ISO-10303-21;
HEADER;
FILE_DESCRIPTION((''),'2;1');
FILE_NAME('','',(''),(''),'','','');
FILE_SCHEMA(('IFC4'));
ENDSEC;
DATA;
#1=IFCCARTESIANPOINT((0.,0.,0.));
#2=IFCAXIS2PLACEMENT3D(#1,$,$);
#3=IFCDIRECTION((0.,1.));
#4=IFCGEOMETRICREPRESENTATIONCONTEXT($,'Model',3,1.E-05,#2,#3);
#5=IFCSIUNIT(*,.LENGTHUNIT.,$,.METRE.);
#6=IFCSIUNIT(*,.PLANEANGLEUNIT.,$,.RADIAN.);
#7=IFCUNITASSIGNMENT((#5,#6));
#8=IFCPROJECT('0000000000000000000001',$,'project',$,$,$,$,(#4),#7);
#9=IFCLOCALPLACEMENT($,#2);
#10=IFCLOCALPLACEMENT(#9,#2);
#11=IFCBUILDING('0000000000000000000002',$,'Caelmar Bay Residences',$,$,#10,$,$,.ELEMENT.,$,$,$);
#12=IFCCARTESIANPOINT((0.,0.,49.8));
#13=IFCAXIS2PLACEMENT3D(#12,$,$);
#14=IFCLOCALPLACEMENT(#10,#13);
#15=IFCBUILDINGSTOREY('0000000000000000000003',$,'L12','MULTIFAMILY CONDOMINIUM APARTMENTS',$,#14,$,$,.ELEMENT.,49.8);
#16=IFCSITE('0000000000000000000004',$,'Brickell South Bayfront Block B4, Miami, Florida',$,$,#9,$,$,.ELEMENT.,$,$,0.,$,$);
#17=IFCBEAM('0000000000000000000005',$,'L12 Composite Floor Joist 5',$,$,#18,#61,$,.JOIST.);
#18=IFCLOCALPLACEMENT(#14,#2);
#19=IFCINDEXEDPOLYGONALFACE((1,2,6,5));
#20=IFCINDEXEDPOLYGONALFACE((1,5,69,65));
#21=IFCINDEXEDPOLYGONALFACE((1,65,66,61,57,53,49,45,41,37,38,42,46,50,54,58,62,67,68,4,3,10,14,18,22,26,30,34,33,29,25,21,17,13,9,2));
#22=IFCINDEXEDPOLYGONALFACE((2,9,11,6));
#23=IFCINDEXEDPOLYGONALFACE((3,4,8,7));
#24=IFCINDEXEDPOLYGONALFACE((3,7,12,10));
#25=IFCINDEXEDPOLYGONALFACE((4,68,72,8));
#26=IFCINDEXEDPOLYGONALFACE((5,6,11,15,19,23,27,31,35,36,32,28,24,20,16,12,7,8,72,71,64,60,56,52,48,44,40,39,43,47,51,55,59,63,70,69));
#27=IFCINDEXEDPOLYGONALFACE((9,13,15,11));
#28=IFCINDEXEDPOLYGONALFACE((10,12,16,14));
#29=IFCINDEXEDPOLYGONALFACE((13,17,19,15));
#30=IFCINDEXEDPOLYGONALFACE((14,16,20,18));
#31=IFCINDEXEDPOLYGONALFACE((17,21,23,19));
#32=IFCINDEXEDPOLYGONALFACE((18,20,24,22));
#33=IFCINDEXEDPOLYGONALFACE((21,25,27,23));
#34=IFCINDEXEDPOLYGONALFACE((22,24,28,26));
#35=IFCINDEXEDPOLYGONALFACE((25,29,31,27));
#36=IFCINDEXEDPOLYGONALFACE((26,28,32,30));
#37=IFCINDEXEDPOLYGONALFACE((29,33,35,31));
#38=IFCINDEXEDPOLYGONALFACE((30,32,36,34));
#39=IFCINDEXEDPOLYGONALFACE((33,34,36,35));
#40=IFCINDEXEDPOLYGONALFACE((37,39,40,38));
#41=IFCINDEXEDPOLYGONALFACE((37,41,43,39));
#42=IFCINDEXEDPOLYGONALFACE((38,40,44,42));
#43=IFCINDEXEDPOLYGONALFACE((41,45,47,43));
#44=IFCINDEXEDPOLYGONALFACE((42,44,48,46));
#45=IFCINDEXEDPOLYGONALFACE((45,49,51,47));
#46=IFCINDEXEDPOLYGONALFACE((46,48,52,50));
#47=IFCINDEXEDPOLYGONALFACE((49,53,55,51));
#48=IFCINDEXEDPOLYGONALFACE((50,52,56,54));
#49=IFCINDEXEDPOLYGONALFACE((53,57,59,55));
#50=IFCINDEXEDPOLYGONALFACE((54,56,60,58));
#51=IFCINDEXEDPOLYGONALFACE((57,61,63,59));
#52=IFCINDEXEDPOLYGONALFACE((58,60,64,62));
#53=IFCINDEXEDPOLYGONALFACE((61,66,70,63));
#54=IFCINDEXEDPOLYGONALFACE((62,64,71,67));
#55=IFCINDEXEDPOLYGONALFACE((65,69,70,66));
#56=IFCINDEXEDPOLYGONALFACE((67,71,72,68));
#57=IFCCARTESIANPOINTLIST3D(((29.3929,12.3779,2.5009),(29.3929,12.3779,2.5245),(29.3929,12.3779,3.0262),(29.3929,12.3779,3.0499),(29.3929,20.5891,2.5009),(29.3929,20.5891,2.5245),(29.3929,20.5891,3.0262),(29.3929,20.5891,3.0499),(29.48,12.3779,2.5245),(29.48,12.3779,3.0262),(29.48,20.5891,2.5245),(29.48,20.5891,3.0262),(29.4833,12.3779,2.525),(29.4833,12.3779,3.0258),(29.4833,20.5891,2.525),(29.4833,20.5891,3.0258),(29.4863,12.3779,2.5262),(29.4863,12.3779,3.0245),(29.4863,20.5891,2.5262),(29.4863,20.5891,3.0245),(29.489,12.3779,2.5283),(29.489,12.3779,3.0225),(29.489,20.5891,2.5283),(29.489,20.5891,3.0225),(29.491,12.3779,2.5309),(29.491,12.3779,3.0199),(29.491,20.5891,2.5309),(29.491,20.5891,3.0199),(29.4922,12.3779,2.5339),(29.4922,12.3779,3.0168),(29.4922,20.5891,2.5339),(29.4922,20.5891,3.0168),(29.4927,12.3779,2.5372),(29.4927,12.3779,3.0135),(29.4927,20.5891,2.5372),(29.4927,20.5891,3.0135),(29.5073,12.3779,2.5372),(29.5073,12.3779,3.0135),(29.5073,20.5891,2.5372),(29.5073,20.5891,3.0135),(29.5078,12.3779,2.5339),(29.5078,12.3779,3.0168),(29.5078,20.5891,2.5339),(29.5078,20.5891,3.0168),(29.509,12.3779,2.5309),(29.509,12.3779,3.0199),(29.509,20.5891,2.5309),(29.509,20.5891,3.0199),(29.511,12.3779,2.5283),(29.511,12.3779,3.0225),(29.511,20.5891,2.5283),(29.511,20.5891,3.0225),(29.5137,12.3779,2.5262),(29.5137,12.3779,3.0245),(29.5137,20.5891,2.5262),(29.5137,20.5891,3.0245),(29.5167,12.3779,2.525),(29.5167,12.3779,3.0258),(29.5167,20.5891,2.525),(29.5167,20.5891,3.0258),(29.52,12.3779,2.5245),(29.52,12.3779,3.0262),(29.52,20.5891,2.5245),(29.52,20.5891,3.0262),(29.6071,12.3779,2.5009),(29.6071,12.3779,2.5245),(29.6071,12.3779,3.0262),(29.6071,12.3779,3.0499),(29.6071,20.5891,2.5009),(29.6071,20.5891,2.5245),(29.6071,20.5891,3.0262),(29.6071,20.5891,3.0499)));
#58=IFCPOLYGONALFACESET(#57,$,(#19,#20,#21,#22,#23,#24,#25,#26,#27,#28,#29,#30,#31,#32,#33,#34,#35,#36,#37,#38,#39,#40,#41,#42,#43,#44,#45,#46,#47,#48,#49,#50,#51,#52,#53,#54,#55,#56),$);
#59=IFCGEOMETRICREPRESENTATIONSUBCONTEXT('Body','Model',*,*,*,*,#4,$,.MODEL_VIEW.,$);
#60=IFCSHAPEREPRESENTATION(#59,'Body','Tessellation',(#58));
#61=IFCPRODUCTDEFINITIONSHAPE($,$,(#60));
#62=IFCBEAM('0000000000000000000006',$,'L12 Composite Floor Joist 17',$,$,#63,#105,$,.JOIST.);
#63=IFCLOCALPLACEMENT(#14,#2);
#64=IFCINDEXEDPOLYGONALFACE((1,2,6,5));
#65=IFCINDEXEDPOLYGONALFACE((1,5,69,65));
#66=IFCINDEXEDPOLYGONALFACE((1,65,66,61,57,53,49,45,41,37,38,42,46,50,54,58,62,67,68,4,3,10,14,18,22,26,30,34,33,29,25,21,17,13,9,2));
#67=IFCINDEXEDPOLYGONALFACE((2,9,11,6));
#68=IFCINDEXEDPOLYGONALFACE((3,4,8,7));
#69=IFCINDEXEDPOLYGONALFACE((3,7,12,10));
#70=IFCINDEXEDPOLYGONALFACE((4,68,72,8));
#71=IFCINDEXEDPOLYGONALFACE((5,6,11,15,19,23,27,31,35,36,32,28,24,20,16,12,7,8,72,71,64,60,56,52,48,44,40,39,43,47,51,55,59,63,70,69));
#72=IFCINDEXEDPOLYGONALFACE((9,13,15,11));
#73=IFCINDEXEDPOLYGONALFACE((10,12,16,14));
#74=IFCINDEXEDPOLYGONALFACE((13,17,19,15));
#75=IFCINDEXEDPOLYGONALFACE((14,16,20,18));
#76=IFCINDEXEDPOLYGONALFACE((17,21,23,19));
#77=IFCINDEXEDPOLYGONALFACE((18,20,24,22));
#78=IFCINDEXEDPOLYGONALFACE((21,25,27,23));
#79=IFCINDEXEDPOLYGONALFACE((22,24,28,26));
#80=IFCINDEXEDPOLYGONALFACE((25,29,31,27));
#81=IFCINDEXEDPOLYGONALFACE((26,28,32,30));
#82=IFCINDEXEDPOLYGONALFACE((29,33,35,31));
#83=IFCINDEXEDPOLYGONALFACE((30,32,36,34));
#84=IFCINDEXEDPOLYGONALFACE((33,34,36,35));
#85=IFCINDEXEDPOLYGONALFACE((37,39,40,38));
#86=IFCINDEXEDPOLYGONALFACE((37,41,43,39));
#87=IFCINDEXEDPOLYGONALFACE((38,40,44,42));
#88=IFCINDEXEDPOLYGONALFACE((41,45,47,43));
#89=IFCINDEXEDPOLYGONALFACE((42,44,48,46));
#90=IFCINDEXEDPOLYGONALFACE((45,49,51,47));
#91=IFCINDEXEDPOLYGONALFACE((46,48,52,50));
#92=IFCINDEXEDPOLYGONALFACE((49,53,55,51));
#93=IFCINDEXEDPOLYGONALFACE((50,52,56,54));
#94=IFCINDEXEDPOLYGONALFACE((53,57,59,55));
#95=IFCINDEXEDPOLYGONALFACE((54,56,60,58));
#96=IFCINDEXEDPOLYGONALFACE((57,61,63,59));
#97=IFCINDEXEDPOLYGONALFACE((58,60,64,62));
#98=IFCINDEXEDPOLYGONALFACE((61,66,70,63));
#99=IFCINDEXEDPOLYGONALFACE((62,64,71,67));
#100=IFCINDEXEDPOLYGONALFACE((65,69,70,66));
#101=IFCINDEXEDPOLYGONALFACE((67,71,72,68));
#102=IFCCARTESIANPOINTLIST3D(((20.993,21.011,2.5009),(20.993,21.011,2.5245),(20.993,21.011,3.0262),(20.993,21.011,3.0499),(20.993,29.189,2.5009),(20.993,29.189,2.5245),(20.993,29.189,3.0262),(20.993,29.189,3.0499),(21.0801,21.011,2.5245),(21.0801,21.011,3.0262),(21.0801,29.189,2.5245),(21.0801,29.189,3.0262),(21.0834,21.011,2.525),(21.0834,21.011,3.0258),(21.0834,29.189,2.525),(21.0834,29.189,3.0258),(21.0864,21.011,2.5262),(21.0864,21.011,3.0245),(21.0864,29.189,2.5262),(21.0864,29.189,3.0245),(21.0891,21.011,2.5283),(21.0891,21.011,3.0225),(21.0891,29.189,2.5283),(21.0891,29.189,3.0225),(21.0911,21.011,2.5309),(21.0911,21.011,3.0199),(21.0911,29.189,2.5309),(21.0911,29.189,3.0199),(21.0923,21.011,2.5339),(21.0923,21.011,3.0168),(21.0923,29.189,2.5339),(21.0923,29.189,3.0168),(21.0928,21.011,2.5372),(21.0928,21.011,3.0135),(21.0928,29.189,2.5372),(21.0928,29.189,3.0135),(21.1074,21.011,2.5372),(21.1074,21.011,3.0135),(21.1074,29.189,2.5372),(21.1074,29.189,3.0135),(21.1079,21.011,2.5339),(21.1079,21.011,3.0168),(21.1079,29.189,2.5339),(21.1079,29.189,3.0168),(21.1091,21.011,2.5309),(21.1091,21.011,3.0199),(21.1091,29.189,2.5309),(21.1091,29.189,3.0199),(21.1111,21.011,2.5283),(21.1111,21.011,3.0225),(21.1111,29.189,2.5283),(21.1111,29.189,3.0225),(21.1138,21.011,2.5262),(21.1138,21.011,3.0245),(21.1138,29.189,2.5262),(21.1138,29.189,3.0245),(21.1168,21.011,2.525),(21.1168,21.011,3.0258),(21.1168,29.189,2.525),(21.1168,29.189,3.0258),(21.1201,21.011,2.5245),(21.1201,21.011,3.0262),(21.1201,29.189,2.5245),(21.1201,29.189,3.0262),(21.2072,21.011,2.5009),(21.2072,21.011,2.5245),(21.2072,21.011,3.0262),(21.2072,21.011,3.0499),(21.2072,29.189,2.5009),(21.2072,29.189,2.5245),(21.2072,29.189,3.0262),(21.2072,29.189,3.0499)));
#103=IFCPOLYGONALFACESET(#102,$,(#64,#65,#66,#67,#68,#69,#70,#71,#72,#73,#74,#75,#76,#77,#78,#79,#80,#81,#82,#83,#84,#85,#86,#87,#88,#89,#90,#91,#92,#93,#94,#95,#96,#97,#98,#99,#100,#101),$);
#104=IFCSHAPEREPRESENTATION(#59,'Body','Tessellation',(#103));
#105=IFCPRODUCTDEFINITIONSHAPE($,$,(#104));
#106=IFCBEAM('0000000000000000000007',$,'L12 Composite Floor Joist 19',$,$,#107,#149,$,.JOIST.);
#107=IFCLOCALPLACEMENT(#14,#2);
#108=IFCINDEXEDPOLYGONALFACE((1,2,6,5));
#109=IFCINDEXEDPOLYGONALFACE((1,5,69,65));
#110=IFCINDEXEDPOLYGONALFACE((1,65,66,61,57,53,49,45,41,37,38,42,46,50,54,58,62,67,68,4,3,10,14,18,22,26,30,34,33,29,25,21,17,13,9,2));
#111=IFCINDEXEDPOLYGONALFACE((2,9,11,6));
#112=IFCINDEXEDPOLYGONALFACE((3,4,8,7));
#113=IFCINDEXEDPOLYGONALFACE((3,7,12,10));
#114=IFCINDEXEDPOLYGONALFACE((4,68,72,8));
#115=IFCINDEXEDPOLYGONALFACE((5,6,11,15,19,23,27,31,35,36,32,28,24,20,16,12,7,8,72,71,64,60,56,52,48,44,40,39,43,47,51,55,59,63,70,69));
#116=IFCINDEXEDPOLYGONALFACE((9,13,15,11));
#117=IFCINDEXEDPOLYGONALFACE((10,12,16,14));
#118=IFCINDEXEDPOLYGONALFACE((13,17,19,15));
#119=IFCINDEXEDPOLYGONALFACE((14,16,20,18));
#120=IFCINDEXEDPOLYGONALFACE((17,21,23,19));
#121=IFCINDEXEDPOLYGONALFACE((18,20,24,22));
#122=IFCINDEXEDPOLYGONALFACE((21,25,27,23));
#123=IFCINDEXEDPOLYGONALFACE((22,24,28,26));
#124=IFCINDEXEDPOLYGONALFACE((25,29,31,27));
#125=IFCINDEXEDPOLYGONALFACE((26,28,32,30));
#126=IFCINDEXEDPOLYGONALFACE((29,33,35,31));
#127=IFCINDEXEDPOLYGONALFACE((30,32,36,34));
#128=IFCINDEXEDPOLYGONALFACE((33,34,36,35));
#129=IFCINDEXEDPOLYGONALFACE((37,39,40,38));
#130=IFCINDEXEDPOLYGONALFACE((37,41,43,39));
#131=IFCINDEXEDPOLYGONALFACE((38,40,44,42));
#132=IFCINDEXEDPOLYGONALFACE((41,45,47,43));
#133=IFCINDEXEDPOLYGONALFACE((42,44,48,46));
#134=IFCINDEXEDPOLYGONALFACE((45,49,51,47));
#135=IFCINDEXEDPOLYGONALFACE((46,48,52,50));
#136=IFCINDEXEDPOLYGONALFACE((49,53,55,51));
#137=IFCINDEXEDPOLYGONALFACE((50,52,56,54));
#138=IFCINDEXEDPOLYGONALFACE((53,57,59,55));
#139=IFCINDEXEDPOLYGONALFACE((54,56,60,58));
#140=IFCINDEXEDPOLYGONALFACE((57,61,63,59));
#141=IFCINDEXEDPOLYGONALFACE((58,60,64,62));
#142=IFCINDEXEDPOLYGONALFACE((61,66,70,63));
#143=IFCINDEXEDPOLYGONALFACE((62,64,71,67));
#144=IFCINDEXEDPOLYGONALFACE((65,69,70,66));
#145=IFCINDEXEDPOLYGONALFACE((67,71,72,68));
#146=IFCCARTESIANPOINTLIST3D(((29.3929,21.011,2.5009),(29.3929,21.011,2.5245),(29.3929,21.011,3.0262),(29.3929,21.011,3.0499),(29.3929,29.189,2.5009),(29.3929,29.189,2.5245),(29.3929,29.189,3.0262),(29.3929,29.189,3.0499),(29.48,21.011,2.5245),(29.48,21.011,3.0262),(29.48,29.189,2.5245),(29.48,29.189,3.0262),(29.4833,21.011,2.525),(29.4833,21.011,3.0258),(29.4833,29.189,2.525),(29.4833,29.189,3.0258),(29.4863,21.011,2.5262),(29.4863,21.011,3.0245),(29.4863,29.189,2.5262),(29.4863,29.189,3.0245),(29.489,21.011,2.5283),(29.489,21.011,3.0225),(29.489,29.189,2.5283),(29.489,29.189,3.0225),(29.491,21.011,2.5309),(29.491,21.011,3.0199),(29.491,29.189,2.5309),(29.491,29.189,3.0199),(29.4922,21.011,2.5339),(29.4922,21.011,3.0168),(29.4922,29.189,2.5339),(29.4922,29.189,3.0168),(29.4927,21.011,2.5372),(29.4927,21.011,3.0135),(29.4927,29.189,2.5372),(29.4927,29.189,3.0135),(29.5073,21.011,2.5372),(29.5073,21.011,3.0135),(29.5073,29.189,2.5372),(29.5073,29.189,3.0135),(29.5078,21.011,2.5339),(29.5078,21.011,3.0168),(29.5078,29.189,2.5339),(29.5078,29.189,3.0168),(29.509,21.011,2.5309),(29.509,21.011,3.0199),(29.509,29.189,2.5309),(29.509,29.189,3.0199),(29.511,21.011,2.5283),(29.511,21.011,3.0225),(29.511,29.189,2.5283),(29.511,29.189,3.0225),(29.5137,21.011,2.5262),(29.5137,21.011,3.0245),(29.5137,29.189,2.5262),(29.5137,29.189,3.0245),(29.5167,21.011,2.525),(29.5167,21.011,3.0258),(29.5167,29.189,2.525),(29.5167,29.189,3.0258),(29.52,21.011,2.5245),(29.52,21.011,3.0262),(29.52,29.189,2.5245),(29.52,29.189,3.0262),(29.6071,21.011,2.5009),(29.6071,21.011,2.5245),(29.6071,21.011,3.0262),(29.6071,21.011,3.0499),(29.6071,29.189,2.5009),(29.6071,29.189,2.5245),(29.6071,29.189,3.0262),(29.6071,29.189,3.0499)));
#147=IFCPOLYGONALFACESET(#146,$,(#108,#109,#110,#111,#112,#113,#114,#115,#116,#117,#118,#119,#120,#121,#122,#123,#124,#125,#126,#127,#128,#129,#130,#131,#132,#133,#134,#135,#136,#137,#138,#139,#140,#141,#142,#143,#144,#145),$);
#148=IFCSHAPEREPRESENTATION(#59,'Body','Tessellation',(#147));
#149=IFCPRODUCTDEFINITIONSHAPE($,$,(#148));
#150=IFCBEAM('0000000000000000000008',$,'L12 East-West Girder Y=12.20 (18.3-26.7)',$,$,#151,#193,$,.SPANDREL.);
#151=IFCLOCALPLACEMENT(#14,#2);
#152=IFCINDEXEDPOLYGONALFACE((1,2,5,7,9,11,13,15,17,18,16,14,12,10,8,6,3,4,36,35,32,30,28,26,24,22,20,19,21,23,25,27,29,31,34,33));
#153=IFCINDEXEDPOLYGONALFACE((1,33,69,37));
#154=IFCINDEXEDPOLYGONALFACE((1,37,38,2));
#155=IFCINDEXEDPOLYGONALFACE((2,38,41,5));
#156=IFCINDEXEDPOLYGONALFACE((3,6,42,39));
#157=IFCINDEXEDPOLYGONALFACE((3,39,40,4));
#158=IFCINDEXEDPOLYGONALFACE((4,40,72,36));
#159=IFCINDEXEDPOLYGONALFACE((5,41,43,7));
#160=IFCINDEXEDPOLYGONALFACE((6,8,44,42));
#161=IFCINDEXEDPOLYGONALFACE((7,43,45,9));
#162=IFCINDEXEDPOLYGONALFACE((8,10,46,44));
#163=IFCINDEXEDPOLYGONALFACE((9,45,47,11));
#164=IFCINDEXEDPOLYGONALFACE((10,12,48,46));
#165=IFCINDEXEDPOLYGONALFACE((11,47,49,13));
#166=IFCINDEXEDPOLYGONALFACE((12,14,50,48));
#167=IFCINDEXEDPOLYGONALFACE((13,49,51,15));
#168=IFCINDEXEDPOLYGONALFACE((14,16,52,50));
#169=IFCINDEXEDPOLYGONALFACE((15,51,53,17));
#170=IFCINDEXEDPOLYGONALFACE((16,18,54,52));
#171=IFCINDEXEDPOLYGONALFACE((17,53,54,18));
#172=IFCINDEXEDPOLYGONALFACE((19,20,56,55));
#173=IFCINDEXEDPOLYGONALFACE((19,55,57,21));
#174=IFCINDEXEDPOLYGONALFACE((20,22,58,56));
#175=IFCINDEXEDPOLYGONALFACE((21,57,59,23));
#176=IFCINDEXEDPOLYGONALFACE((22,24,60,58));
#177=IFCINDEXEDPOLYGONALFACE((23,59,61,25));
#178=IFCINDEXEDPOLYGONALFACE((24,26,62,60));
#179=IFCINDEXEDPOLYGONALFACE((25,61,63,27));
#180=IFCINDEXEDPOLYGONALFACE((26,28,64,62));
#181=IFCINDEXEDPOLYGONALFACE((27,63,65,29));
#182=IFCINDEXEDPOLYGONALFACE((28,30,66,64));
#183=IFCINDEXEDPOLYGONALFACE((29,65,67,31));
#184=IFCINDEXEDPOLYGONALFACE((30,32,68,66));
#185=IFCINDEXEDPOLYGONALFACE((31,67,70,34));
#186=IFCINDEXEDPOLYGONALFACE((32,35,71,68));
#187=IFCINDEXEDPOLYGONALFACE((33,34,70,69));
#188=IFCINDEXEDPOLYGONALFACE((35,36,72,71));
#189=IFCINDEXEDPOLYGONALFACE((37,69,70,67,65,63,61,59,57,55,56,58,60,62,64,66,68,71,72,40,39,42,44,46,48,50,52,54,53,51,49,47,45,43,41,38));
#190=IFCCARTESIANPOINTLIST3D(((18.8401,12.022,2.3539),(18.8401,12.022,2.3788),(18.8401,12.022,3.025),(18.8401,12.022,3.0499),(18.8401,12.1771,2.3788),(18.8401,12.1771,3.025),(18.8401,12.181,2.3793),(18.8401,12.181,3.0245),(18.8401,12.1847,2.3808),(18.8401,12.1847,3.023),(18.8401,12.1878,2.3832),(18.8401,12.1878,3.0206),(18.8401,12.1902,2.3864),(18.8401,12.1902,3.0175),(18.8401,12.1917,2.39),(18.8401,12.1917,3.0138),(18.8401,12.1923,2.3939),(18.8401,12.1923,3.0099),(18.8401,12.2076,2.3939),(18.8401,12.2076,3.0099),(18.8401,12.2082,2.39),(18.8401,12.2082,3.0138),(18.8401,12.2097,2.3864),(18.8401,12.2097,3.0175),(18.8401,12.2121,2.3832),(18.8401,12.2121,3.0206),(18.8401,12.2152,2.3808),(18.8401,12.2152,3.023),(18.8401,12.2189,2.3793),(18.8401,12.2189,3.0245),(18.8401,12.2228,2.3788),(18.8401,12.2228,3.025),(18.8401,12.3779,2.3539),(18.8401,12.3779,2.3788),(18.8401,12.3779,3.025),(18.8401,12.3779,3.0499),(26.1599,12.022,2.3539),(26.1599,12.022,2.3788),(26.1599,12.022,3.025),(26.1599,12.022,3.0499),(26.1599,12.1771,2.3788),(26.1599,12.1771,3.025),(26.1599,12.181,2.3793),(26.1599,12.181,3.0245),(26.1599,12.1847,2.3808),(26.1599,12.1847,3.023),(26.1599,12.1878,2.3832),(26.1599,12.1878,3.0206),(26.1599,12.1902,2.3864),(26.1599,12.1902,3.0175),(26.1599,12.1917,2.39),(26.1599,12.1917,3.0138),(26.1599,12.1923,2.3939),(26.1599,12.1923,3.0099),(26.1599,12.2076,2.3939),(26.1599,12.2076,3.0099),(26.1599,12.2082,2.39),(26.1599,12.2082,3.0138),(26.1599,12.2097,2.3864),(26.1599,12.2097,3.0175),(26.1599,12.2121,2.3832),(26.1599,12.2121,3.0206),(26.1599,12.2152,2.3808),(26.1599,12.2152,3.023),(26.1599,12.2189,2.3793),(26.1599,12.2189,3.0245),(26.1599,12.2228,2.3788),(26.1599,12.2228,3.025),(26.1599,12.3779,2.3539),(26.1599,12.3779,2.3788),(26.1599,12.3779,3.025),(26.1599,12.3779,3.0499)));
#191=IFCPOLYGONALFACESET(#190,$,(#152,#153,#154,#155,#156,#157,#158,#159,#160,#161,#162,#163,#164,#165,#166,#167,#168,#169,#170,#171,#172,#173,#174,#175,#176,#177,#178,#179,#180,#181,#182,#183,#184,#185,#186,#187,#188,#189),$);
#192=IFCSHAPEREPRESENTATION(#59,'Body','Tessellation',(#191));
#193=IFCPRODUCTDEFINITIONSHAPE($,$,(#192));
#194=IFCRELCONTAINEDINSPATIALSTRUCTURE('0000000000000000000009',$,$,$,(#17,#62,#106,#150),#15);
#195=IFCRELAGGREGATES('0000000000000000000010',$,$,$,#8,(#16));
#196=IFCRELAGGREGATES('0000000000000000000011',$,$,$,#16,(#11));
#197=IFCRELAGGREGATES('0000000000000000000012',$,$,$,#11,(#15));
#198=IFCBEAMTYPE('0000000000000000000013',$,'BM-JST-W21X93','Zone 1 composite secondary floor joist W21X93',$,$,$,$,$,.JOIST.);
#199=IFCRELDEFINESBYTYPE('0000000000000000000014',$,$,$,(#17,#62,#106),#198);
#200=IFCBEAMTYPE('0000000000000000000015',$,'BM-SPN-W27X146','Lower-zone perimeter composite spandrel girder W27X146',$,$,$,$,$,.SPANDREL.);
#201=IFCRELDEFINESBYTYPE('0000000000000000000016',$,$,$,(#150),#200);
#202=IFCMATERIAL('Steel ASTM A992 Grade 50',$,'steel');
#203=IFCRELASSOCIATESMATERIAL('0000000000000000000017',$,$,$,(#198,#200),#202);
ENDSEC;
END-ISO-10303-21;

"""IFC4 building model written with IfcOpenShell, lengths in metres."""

from ifc_helpers import new_model, si_unit, direction, frame, origin, origin_2d, place, context, subcontext, project, spatial, i_section, extrude, material, material_profile, profile_set, type_object, element, save


model = new_model("IFC4")

# Units and contexts
model_context = context("Model", 3, precision=1e-05, world=origin(), true_north=direction((0.0, 1.0)))
body_context = subcontext(model_context, "Body", "Model", "MODEL_VIEW")
ifc_project = project(units=[si_unit("LENGTHUNIT", "METRE"), si_unit("PLANEANGLEUNIT", "RADIAN")], contexts=[model_context])

# Site, building, storey
site_placement = place(None, origin())
site = spatial("IfcSite", under=ifc_project, at=site_placement, Name="Brickell South Bayfront Block B4, Miami, Florida", CompositionType="ELEMENT", RefElevation=0.0)
building_placement = place(site_placement, origin())
building = spatial("IfcBuilding", under=site, at=building_placement, Name="Caelmar Bay Residences", CompositionType="ELEMENT")
storey_placement = place(building_placement, frame((0.0, 0.0, 49.8)))
storey = spatial("IfcBuildingStorey", under=building, at=storey_placement, Name="L12", Description="MULTIFAMILY CONDOMINIUM APARTMENTS", CompositionType="ELEMENT", Elevation=49.8)

# Beams
ifc_material_1 = material(Name="Steel ASTM A992 Grade 50", Category="steel")
ifc_material_profile_1 = material_profile(ifc_material_1, i_section(OverallWidth=0.2141, OverallDepth=0.5491, WebThickness=0.0146, FlangeThickness=0.0237, FilletRadius=0.0127, at=origin_2d()), Name="W21X93")
ifc_profile_set_1 = profile_set([ifc_material_profile_1], Name="Steel ASTM A992 Grade 50")
beam_type_1 = type_object("IfcBeamType", Name="BM-JST-W21X93", Description="Zone 1 composite secondary floor joist W21X93", PredefinedType="JOIST", material=ifc_profile_set_1)
for number, where, z_axis, x_axis, name in (
    (1, (29.5, 12.3779, 2.7754), (0.0, 1.0, 0.0), (-1.0, 0.0, 0.0), "L12 Composite Floor Joist 5"),
):
    element("IfcBeam", number, at=place(storey_placement, frame(where, z_axis=z_axis, x_axis=x_axis)), inside=storey, type_object=beam_type_1, Name=name, PredefinedType="JOIST", context=body_context, shape_type="SweptSolid", body=[
        extrude(i_section(OverallWidth=0.2141, OverallDepth=0.5491, WebThickness=0.0146, FlangeThickness=0.0237, FilletRadius=0.0127, at=origin_2d()), origin(), (0.0, 0.0, 1.0), 8.2112),
    ])
for number, where, z_axis, x_axis, name in (
    (2, (21.1001, 21.011, 2.7754), (0.0, 1.0, 0.0), (-1.0, 0.0, 0.0), "L12 Composite Floor Joist 17"),
    (3, (29.5, 21.011, 2.7754), (0.0, 1.0, 0.0), (-1.0, 0.0, 0.0), "L12 Composite Floor Joist 19"),
):
    element("IfcBeam", number, at=place(storey_placement, frame(where, z_axis=z_axis, x_axis=x_axis)), inside=storey, type_object=beam_type_1, Name=name, PredefinedType="JOIST", context=body_context, shape_type="SweptSolid", body=[
        extrude(i_section(OverallWidth=0.2141, OverallDepth=0.5491, WebThickness=0.0146, FlangeThickness=0.0237, FilletRadius=0.0127, at=origin_2d()), origin(), (0.0, 0.0, 1.0), 8.178),
    ])
ifc_material_profile_2 = material_profile(ifc_material_1, i_section(OverallWidth=0.356, OverallDepth=0.696, WebThickness=0.0154, FlangeThickness=0.0249, FilletRadius=0.0151, at=origin_2d()), Name="W27X146")
ifc_profile_set_2 = profile_set([ifc_material_profile_2], Name="Steel ASTM A992 Grade 50")
beam_type_2 = type_object("IfcBeamType", Name="BM-SPN-W27X146", Description="Lower-zone perimeter composite spandrel girder W27X146", PredefinedType="SPANDREL", material=ifc_profile_set_2)
beam_1_placement = place(storey_placement, frame((18.8401, 12.2, 2.7019), z_axis=(1.0, 0.0, 0.0), x_axis=(0.0, 1.0, 0.0)))
element("IfcBeam", 4, at=beam_1_placement, inside=storey, type_object=beam_type_2, Name="L12 East-West Girder Y=12.20 (18.3-26.7)", PredefinedType="SPANDREL", context=body_context, shape_type="SweptSolid", body=[
    extrude(i_section(OverallWidth=0.356, OverallDepth=0.696, WebThickness=0.0154, FlangeThickness=0.0249, FilletRadius=0.0151, at=origin_2d()), origin(), (0.0, 0.0, 1.0), 7.3198),
])

save(model, "model.ifc")
